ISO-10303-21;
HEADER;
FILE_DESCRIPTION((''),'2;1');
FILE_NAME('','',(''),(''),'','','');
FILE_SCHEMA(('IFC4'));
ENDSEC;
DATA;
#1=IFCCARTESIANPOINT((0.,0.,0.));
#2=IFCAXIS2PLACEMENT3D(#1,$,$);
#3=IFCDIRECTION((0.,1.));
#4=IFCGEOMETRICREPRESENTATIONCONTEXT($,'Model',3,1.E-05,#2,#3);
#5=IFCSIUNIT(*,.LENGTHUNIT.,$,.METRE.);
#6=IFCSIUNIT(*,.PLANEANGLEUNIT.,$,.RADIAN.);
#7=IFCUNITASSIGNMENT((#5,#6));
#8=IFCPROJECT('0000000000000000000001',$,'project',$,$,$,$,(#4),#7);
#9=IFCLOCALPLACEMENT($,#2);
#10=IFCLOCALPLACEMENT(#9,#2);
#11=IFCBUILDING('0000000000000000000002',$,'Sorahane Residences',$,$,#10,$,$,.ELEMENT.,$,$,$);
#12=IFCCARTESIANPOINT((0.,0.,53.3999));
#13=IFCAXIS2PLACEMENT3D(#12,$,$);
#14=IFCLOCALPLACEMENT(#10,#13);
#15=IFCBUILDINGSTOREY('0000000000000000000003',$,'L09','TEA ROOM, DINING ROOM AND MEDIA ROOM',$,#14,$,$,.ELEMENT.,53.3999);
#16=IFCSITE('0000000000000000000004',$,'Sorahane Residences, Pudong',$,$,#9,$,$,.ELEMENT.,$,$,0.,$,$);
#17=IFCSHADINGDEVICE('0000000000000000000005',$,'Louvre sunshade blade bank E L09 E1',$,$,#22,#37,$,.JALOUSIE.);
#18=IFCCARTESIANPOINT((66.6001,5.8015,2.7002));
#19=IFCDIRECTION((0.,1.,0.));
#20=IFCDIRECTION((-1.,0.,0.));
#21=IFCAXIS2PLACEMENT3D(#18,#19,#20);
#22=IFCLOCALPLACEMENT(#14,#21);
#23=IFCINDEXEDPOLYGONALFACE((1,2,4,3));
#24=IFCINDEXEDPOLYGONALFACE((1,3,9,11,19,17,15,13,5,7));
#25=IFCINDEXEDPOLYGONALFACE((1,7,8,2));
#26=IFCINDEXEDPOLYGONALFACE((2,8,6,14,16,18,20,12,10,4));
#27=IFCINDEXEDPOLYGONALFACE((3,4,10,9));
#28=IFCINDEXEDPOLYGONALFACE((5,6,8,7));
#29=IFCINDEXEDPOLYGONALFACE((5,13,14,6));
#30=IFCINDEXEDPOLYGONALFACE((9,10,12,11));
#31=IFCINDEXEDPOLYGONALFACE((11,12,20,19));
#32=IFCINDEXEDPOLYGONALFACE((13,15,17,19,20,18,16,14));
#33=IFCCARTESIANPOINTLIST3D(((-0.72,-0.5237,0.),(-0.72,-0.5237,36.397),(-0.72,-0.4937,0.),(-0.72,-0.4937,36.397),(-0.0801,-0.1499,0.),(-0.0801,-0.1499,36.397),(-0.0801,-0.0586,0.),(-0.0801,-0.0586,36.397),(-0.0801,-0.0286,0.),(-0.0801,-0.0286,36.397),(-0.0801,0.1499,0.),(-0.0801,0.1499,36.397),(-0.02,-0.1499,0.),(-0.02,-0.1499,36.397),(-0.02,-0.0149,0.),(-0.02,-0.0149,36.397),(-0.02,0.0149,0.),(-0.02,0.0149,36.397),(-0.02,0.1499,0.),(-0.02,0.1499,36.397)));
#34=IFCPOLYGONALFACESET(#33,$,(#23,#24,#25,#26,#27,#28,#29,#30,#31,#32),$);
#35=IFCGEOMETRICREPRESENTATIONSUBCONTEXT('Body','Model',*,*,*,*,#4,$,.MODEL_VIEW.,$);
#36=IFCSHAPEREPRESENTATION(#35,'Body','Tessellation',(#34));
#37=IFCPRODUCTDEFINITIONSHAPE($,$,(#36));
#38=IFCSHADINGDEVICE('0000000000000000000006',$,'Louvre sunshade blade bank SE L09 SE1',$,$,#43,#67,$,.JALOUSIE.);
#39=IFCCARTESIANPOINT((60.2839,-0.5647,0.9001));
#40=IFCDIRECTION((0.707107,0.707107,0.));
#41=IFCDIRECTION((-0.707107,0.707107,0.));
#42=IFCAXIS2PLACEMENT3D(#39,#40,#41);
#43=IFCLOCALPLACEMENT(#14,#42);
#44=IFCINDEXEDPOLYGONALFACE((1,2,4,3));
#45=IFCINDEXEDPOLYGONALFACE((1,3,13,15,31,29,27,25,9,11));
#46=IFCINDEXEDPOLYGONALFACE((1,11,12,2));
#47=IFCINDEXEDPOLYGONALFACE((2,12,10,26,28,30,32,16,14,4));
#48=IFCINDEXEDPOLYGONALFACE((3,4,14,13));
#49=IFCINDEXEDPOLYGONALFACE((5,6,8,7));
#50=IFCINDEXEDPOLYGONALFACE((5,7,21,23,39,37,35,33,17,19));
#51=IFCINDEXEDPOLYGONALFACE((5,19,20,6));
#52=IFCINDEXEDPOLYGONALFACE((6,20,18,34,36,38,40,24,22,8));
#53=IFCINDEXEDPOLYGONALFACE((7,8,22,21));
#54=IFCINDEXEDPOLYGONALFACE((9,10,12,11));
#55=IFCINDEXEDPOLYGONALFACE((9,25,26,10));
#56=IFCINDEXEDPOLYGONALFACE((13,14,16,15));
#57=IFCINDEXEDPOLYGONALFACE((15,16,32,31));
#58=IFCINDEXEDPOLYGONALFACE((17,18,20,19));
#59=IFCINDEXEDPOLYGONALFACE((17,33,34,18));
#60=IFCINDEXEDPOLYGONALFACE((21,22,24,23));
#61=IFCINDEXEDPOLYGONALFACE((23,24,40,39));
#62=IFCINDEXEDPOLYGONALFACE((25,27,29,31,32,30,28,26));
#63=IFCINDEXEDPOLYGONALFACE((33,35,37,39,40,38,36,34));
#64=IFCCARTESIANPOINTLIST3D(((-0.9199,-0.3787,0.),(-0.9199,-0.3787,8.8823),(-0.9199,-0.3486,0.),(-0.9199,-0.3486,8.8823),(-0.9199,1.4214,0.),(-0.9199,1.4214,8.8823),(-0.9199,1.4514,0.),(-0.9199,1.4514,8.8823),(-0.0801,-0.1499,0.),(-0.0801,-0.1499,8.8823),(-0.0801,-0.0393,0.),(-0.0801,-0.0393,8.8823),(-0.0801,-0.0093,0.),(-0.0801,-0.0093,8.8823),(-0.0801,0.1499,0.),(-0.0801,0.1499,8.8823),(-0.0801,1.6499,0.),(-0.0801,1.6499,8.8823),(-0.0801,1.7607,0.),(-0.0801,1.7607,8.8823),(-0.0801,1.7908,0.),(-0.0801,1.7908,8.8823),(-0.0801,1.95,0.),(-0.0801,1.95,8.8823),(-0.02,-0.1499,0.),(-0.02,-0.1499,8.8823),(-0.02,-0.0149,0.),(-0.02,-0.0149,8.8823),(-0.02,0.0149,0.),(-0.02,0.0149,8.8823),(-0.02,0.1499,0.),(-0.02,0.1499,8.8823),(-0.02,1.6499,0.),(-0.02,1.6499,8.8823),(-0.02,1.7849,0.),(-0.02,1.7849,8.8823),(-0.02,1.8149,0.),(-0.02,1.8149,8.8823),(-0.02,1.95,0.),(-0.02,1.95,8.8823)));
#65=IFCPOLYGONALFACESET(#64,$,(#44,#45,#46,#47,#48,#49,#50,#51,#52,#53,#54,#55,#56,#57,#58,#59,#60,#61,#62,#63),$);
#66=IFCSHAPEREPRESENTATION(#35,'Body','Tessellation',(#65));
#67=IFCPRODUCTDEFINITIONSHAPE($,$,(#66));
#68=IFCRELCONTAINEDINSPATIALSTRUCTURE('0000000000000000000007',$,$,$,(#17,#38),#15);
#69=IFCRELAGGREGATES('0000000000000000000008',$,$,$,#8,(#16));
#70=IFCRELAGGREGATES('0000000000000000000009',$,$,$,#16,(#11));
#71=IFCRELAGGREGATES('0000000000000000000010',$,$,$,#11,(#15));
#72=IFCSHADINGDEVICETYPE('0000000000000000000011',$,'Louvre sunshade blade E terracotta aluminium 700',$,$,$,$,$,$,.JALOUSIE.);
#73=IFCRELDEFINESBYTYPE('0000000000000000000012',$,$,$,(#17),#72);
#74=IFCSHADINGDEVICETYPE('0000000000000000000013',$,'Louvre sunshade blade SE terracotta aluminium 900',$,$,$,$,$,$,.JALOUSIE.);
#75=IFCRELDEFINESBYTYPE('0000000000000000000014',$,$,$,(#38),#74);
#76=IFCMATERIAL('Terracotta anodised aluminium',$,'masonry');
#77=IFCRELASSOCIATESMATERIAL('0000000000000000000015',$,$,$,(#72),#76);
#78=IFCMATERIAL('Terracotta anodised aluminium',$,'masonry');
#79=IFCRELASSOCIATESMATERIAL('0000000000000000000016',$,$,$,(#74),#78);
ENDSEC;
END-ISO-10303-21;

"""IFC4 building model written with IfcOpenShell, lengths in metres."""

from ifc_helpers import new_model, si_unit, direction, frame, origin, place, context, subcontext, project, spatial, polyline, outline, composite_profile, extrude, material, type_object, element, save


model = new_model("IFC4")

# Units and contexts
model_context = context("Model", 3, precision=1e-05, world=origin(), true_north=direction((0.0, 1.0)))
body_context = subcontext(model_context, "Body", "Model", "MODEL_VIEW")
ifc_project = project(units=[si_unit("LENGTHUNIT", "METRE"), si_unit("PLANEANGLEUNIT", "RADIAN")], contexts=[model_context])

# Site, building, storey
site_placement = place(None, origin())
site = spatial("IfcSite", under=ifc_project, at=site_placement, Name="Sorahane Residences, Pudong", CompositionType="ELEMENT", RefElevation=0.0)
building_placement = place(site_placement, origin())
building = spatial("IfcBuilding", under=site, at=building_placement, Name="Sorahane Residences", CompositionType="ELEMENT")
storey_placement = place(building_placement, frame((0.0, 0.0, 53.3999)))
storey = spatial("IfcBuildingStorey", under=building, at=storey_placement, Name="L09", Description="TEA ROOM, DINING ROOM AND MEDIA ROOM", CompositionType="ELEMENT", Elevation=53.3999)

# Shading devices
ifc_material_1 = material(Name="Terracotta anodised aluminium", Category="masonry")
shading_device_type_1 = type_object("IfcShadingDeviceType", Name="Louvre sunshade blade E terracotta aluminium 700", PredefinedType="JALOUSIE", material=ifc_material_1)
shading_device_1_placement = place(storey_placement, frame((66.6001, 5.8015, 2.7002), z_axis=(0.0, 1.0, 0.0), x_axis=(-1.0, 0.0, 0.0)))
element("IfcShadingDevice", 1, at=shading_device_1_placement, inside=storey, type_object=shading_device_type_1, Name="Louvre sunshade blade bank E L09 E1", PredefinedType="JALOUSIE", context=body_context, shape_type="SweptSolid", body=[
    extrude(outline(polyline([(-0.72, -0.4937), (-0.72, -0.5237), (-0.0801, -0.0586), (-0.0801, -0.1499), (-0.02, -0.1499), (-0.02, -0.0149), (-0.02, 0.0149), (-0.02, 0.1499), (-0.0801, 0.1499), (-0.0801, -0.0286), (-0.72, -0.4937)])), origin(), (0.0, 0.0, 1.0), 36.397),
])
ifc_material_2 = material(Name="Terracotta anodised aluminium", Category="masonry")
shading_device_type_2 = type_object("IfcShadingDeviceType", Name="Louvre sunshade blade SE terracotta aluminium 900", PredefinedType="JALOUSIE", material=ifc_material_2)
shading_device_2_placement = place(storey_placement, frame((60.2839, -0.5647, 0.9001), z_axis=(0.707107, 0.707107, 0.0), x_axis=(-0.707107, 0.707107, 0.0)))
element("IfcShadingDevice", 2, at=shading_device_2_placement, inside=storey, type_object=shading_device_type_2, Name="Louvre sunshade blade bank SE L09 SE1", PredefinedType="JALOUSIE", context=body_context, shape_type="SweptSolid", body=[
    extrude(composite_profile([outline(polyline([(-0.9199, -0.3486), (-0.9199, -0.3787), (-0.0801, -0.0393), (-0.0801, -0.1499), (-0.02, -0.1499), (-0.02, -0.0149), (-0.02, 0.0149), (-0.02, 0.1499), (-0.0801, 0.1499), (-0.0801, -0.0093), (-0.9199, -0.3486)])), outline(polyline([(-0.9199, 1.4514), (-0.9199, 1.4214), (-0.0801, 1.7607), (-0.0801, 1.6499), (-0.02, 1.6499), (-0.02, 1.7849), (-0.02, 1.8149), (-0.02, 1.95), (-0.0801, 1.95), (-0.0801, 1.7908), (-0.9199, 1.4514)]))]), origin(), (0.0, 0.0, 1.0), 8.8823),
])

save(model, "model.ifc")
